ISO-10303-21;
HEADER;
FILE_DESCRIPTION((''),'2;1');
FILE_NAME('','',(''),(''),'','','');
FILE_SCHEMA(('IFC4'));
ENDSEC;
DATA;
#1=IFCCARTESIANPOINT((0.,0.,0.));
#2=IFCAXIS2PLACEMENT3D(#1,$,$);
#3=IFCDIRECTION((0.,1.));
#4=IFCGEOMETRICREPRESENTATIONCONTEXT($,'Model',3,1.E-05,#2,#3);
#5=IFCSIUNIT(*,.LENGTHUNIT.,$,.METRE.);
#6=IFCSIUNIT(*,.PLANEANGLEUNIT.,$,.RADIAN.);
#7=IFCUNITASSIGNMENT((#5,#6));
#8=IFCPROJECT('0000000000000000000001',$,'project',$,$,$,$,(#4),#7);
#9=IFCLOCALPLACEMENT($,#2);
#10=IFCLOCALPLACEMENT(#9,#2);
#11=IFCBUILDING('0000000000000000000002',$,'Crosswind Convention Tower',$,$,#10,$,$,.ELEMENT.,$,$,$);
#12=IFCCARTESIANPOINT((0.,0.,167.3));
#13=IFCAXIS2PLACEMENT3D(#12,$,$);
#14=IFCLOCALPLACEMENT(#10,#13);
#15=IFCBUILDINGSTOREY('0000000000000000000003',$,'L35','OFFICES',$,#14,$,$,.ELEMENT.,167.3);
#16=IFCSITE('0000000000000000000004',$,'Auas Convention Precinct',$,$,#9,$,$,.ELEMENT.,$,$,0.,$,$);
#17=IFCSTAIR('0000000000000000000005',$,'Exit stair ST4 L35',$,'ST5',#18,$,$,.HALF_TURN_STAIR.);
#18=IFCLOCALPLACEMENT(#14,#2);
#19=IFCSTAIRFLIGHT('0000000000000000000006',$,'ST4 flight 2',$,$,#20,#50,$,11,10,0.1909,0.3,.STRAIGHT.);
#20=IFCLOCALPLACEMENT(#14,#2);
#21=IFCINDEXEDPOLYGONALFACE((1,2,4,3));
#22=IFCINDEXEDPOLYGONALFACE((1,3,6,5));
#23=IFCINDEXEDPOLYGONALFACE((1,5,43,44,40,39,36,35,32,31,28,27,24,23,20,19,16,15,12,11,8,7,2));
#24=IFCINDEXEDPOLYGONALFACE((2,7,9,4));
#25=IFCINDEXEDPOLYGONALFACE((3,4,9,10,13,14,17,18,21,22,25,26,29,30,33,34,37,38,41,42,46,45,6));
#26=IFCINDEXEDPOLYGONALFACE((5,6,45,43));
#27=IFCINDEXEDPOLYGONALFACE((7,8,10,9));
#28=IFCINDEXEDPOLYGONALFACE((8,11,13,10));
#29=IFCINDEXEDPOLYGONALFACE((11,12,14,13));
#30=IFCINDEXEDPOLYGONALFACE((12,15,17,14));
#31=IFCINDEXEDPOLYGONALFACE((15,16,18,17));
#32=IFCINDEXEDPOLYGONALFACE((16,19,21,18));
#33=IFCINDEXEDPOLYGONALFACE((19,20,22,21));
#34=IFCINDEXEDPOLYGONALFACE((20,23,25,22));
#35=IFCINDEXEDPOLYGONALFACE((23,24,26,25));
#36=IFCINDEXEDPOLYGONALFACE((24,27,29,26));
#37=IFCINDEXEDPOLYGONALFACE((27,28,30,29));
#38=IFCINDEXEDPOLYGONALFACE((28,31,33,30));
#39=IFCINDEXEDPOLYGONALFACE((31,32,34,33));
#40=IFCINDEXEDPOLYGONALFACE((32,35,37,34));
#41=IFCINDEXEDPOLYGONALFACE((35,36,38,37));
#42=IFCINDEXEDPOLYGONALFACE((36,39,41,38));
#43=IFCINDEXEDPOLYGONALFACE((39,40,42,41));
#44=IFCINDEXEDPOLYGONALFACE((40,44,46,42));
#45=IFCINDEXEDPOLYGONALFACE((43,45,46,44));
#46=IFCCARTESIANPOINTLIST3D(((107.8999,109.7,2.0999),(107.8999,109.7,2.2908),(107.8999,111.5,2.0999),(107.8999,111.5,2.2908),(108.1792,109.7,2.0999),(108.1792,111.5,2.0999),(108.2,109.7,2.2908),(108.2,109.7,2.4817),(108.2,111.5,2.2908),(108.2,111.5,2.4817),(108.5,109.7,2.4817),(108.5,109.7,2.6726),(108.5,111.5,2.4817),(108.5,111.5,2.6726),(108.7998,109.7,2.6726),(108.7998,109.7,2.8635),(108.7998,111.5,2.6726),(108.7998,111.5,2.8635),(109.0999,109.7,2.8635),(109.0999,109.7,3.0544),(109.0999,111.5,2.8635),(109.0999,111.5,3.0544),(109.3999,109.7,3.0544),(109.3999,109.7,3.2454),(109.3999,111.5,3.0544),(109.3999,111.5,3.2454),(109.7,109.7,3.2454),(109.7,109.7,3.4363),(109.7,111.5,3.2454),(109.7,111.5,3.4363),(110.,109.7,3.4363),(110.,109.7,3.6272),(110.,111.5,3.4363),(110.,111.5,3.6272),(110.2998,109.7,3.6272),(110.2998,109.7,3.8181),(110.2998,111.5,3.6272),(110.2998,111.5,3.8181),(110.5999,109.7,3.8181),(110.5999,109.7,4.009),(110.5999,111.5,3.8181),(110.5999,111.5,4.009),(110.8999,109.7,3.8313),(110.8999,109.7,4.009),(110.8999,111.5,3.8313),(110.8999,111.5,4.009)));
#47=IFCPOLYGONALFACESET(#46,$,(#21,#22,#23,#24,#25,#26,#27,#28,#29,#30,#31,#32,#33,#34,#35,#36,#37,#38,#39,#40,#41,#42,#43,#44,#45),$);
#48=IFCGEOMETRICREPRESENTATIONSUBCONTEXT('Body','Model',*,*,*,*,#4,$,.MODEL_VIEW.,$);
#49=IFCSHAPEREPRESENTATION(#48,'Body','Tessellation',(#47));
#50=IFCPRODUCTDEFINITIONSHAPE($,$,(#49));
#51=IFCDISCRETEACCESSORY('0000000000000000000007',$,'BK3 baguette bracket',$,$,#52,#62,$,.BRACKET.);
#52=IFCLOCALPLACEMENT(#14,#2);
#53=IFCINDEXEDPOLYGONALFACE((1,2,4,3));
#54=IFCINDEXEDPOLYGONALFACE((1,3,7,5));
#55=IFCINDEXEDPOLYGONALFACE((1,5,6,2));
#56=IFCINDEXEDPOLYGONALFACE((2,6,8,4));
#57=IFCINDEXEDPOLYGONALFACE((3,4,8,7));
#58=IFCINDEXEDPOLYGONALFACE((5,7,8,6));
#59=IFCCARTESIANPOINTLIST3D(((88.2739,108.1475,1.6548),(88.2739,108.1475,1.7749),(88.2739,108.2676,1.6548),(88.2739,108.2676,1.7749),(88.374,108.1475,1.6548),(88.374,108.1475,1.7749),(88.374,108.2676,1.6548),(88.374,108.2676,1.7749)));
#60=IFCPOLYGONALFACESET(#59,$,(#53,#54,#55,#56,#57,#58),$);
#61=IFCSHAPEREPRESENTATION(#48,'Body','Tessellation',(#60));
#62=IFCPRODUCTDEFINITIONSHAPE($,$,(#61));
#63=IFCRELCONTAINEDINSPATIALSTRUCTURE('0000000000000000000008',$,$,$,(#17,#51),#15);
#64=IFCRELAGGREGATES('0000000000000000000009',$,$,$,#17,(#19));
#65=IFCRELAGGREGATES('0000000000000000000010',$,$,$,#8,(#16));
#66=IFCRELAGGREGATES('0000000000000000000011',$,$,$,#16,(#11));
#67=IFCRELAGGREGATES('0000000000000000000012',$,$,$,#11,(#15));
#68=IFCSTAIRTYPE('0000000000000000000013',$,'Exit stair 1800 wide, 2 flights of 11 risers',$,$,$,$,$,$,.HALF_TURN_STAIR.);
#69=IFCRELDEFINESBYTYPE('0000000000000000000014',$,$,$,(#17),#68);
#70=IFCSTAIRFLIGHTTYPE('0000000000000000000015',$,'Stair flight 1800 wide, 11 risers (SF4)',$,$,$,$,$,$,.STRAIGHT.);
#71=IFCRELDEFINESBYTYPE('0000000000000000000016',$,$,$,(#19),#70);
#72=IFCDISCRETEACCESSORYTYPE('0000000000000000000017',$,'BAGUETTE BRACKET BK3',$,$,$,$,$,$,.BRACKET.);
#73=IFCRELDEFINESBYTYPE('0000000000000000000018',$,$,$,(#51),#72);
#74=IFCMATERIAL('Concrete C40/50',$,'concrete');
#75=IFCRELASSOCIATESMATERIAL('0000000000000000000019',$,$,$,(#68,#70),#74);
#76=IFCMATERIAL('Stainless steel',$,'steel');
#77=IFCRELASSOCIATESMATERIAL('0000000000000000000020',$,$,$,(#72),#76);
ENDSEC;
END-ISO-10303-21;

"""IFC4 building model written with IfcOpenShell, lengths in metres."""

from ifc_helpers import new_model, si_unit, direction, frame, origin, origin_2d, place, context, subcontext, project, spatial, polyline, rectangle, outline, extrude, material, type_object, element, aggregate, save


model = new_model("IFC4")

# Units and contexts
model_context = context("Model", 3, precision=1e-05, world=origin(), true_north=direction((0.0, 1.0)))
body_context = subcontext(model_context, "Body", "Model", "MODEL_VIEW")
ifc_project = project(units=[si_unit("LENGTHUNIT", "METRE"), si_unit("PLANEANGLEUNIT", "RADIAN")], contexts=[model_context])

# Site, building, storey
site_placement = place(None, origin())
site = spatial("IfcSite", under=ifc_project, at=site_placement, Name="Auas Convention Precinct", CompositionType="ELEMENT", RefElevation=0.0)
building_placement = place(site_placement, origin())
building = spatial("IfcBuilding", under=site, at=building_placement, Name="Crosswind Convention Tower", CompositionType="ELEMENT")
storey_placement = place(building_placement, frame((0.0, 0.0, 167.3)))
storey = spatial("IfcBuildingStorey", under=building, at=storey_placement, Name="L35", Description="OFFICES", CompositionType="ELEMENT", Elevation=167.3)

# Shared definitions
ifc_material_1 = material(Name="Stainless steel", Category="steel")

# Stair, stair flight
ifc_material_2 = material(Name="Concrete C40/50", Category="concrete")
stair_type = type_object("IfcStairType", Name="Exit stair 1800 wide, 2 flights of 11 risers", PredefinedType="HALF_TURN_STAIR", material=ifc_material_2)
stair_placement = place(storey_placement, origin())
stair = element("IfcStair", 1, at=stair_placement, inside=storey, type_object=stair_type, Name="Exit stair ST4 L35", ObjectType="ST5", PredefinedType="HALF_TURN_STAIR")
stair_flight_type = type_object("IfcStairFlightType", Name="Stair flight 1800 wide, 11 risers (SF4)", PredefinedType="STRAIGHT", material=ifc_material_2)
stair_flight_1_placement = place(storey_placement, frame((107.8999, 110.6001, 2.0999), z_axis=(0.0, 0.0, 1.0), x_axis=(1.0, 0.0, 0.0)))
stair_flight_1 = element("IfcStairFlight", 2, at=stair_flight_1_placement, type_object=stair_flight_type, Name="ST4 flight 2", NumberOfRisers=11, NumberOfTreads=10, PredefinedType="STRAIGHT", RiserHeight=0.1909, TreadLength=0.3, context=body_context, shape_type="SweptSolid", body=[
    extrude(outline(polyline([(0.0, 0.0), (0.0, 0.1909), (0.3, 0.1909), (0.3, 0.3818), (0.6001, 0.3818), (0.6001, 0.5728), (0.8999, 0.5728), (0.8999, 0.7637), (1.2, 0.7637), (1.2, 0.9546), (1.5, 0.9546), (1.5, 1.1455), (1.8, 1.1455), (1.8, 1.3364), (2.1001, 1.3364), (2.1001, 1.5273), (2.3999, 1.5273), (2.3999, 1.7183), (2.7, 1.7183), (2.7, 1.9092), (3.0, 1.9092), (3.0, 2.1001), (3.0, 1.7314), (0.2793, 0.0), (0.0, 0.0)])), frame((0.0, 0.8999, 0.0), z_axis=(0.0, -1.0, 0.0), x_axis=(1.0, 0.0, 0.0)), (0.0, 0.0, 1.0), 1.8),
])
aggregate(stair, [stair_flight_1])

# Discrete accessory
discrete_accessory_type = type_object("IfcDiscreteAccessoryType", Name="BAGUETTE BRACKET BK3", PredefinedType="BRACKET", material=ifc_material_1)
discrete_accessory_placement = place(storey_placement, frame((88.324, 108.2075, 1.6548), z_axis=(0.0, 0.0, 1.0), x_axis=(0.0, -1.0, 0.0)))
element("IfcDiscreteAccessory", 3, at=discrete_accessory_placement, inside=storey, type_object=discrete_accessory_type, Name="BK3 baguette bracket", PredefinedType="BRACKET", context=body_context, shape_type="SweptSolid", body=[
    extrude(rectangle(XDim=0.1201, YDim=0.1001, at=origin_2d()), origin(), (0.0, 0.0, 1.0), 0.1201),
])

save(model, "model.ifc")
